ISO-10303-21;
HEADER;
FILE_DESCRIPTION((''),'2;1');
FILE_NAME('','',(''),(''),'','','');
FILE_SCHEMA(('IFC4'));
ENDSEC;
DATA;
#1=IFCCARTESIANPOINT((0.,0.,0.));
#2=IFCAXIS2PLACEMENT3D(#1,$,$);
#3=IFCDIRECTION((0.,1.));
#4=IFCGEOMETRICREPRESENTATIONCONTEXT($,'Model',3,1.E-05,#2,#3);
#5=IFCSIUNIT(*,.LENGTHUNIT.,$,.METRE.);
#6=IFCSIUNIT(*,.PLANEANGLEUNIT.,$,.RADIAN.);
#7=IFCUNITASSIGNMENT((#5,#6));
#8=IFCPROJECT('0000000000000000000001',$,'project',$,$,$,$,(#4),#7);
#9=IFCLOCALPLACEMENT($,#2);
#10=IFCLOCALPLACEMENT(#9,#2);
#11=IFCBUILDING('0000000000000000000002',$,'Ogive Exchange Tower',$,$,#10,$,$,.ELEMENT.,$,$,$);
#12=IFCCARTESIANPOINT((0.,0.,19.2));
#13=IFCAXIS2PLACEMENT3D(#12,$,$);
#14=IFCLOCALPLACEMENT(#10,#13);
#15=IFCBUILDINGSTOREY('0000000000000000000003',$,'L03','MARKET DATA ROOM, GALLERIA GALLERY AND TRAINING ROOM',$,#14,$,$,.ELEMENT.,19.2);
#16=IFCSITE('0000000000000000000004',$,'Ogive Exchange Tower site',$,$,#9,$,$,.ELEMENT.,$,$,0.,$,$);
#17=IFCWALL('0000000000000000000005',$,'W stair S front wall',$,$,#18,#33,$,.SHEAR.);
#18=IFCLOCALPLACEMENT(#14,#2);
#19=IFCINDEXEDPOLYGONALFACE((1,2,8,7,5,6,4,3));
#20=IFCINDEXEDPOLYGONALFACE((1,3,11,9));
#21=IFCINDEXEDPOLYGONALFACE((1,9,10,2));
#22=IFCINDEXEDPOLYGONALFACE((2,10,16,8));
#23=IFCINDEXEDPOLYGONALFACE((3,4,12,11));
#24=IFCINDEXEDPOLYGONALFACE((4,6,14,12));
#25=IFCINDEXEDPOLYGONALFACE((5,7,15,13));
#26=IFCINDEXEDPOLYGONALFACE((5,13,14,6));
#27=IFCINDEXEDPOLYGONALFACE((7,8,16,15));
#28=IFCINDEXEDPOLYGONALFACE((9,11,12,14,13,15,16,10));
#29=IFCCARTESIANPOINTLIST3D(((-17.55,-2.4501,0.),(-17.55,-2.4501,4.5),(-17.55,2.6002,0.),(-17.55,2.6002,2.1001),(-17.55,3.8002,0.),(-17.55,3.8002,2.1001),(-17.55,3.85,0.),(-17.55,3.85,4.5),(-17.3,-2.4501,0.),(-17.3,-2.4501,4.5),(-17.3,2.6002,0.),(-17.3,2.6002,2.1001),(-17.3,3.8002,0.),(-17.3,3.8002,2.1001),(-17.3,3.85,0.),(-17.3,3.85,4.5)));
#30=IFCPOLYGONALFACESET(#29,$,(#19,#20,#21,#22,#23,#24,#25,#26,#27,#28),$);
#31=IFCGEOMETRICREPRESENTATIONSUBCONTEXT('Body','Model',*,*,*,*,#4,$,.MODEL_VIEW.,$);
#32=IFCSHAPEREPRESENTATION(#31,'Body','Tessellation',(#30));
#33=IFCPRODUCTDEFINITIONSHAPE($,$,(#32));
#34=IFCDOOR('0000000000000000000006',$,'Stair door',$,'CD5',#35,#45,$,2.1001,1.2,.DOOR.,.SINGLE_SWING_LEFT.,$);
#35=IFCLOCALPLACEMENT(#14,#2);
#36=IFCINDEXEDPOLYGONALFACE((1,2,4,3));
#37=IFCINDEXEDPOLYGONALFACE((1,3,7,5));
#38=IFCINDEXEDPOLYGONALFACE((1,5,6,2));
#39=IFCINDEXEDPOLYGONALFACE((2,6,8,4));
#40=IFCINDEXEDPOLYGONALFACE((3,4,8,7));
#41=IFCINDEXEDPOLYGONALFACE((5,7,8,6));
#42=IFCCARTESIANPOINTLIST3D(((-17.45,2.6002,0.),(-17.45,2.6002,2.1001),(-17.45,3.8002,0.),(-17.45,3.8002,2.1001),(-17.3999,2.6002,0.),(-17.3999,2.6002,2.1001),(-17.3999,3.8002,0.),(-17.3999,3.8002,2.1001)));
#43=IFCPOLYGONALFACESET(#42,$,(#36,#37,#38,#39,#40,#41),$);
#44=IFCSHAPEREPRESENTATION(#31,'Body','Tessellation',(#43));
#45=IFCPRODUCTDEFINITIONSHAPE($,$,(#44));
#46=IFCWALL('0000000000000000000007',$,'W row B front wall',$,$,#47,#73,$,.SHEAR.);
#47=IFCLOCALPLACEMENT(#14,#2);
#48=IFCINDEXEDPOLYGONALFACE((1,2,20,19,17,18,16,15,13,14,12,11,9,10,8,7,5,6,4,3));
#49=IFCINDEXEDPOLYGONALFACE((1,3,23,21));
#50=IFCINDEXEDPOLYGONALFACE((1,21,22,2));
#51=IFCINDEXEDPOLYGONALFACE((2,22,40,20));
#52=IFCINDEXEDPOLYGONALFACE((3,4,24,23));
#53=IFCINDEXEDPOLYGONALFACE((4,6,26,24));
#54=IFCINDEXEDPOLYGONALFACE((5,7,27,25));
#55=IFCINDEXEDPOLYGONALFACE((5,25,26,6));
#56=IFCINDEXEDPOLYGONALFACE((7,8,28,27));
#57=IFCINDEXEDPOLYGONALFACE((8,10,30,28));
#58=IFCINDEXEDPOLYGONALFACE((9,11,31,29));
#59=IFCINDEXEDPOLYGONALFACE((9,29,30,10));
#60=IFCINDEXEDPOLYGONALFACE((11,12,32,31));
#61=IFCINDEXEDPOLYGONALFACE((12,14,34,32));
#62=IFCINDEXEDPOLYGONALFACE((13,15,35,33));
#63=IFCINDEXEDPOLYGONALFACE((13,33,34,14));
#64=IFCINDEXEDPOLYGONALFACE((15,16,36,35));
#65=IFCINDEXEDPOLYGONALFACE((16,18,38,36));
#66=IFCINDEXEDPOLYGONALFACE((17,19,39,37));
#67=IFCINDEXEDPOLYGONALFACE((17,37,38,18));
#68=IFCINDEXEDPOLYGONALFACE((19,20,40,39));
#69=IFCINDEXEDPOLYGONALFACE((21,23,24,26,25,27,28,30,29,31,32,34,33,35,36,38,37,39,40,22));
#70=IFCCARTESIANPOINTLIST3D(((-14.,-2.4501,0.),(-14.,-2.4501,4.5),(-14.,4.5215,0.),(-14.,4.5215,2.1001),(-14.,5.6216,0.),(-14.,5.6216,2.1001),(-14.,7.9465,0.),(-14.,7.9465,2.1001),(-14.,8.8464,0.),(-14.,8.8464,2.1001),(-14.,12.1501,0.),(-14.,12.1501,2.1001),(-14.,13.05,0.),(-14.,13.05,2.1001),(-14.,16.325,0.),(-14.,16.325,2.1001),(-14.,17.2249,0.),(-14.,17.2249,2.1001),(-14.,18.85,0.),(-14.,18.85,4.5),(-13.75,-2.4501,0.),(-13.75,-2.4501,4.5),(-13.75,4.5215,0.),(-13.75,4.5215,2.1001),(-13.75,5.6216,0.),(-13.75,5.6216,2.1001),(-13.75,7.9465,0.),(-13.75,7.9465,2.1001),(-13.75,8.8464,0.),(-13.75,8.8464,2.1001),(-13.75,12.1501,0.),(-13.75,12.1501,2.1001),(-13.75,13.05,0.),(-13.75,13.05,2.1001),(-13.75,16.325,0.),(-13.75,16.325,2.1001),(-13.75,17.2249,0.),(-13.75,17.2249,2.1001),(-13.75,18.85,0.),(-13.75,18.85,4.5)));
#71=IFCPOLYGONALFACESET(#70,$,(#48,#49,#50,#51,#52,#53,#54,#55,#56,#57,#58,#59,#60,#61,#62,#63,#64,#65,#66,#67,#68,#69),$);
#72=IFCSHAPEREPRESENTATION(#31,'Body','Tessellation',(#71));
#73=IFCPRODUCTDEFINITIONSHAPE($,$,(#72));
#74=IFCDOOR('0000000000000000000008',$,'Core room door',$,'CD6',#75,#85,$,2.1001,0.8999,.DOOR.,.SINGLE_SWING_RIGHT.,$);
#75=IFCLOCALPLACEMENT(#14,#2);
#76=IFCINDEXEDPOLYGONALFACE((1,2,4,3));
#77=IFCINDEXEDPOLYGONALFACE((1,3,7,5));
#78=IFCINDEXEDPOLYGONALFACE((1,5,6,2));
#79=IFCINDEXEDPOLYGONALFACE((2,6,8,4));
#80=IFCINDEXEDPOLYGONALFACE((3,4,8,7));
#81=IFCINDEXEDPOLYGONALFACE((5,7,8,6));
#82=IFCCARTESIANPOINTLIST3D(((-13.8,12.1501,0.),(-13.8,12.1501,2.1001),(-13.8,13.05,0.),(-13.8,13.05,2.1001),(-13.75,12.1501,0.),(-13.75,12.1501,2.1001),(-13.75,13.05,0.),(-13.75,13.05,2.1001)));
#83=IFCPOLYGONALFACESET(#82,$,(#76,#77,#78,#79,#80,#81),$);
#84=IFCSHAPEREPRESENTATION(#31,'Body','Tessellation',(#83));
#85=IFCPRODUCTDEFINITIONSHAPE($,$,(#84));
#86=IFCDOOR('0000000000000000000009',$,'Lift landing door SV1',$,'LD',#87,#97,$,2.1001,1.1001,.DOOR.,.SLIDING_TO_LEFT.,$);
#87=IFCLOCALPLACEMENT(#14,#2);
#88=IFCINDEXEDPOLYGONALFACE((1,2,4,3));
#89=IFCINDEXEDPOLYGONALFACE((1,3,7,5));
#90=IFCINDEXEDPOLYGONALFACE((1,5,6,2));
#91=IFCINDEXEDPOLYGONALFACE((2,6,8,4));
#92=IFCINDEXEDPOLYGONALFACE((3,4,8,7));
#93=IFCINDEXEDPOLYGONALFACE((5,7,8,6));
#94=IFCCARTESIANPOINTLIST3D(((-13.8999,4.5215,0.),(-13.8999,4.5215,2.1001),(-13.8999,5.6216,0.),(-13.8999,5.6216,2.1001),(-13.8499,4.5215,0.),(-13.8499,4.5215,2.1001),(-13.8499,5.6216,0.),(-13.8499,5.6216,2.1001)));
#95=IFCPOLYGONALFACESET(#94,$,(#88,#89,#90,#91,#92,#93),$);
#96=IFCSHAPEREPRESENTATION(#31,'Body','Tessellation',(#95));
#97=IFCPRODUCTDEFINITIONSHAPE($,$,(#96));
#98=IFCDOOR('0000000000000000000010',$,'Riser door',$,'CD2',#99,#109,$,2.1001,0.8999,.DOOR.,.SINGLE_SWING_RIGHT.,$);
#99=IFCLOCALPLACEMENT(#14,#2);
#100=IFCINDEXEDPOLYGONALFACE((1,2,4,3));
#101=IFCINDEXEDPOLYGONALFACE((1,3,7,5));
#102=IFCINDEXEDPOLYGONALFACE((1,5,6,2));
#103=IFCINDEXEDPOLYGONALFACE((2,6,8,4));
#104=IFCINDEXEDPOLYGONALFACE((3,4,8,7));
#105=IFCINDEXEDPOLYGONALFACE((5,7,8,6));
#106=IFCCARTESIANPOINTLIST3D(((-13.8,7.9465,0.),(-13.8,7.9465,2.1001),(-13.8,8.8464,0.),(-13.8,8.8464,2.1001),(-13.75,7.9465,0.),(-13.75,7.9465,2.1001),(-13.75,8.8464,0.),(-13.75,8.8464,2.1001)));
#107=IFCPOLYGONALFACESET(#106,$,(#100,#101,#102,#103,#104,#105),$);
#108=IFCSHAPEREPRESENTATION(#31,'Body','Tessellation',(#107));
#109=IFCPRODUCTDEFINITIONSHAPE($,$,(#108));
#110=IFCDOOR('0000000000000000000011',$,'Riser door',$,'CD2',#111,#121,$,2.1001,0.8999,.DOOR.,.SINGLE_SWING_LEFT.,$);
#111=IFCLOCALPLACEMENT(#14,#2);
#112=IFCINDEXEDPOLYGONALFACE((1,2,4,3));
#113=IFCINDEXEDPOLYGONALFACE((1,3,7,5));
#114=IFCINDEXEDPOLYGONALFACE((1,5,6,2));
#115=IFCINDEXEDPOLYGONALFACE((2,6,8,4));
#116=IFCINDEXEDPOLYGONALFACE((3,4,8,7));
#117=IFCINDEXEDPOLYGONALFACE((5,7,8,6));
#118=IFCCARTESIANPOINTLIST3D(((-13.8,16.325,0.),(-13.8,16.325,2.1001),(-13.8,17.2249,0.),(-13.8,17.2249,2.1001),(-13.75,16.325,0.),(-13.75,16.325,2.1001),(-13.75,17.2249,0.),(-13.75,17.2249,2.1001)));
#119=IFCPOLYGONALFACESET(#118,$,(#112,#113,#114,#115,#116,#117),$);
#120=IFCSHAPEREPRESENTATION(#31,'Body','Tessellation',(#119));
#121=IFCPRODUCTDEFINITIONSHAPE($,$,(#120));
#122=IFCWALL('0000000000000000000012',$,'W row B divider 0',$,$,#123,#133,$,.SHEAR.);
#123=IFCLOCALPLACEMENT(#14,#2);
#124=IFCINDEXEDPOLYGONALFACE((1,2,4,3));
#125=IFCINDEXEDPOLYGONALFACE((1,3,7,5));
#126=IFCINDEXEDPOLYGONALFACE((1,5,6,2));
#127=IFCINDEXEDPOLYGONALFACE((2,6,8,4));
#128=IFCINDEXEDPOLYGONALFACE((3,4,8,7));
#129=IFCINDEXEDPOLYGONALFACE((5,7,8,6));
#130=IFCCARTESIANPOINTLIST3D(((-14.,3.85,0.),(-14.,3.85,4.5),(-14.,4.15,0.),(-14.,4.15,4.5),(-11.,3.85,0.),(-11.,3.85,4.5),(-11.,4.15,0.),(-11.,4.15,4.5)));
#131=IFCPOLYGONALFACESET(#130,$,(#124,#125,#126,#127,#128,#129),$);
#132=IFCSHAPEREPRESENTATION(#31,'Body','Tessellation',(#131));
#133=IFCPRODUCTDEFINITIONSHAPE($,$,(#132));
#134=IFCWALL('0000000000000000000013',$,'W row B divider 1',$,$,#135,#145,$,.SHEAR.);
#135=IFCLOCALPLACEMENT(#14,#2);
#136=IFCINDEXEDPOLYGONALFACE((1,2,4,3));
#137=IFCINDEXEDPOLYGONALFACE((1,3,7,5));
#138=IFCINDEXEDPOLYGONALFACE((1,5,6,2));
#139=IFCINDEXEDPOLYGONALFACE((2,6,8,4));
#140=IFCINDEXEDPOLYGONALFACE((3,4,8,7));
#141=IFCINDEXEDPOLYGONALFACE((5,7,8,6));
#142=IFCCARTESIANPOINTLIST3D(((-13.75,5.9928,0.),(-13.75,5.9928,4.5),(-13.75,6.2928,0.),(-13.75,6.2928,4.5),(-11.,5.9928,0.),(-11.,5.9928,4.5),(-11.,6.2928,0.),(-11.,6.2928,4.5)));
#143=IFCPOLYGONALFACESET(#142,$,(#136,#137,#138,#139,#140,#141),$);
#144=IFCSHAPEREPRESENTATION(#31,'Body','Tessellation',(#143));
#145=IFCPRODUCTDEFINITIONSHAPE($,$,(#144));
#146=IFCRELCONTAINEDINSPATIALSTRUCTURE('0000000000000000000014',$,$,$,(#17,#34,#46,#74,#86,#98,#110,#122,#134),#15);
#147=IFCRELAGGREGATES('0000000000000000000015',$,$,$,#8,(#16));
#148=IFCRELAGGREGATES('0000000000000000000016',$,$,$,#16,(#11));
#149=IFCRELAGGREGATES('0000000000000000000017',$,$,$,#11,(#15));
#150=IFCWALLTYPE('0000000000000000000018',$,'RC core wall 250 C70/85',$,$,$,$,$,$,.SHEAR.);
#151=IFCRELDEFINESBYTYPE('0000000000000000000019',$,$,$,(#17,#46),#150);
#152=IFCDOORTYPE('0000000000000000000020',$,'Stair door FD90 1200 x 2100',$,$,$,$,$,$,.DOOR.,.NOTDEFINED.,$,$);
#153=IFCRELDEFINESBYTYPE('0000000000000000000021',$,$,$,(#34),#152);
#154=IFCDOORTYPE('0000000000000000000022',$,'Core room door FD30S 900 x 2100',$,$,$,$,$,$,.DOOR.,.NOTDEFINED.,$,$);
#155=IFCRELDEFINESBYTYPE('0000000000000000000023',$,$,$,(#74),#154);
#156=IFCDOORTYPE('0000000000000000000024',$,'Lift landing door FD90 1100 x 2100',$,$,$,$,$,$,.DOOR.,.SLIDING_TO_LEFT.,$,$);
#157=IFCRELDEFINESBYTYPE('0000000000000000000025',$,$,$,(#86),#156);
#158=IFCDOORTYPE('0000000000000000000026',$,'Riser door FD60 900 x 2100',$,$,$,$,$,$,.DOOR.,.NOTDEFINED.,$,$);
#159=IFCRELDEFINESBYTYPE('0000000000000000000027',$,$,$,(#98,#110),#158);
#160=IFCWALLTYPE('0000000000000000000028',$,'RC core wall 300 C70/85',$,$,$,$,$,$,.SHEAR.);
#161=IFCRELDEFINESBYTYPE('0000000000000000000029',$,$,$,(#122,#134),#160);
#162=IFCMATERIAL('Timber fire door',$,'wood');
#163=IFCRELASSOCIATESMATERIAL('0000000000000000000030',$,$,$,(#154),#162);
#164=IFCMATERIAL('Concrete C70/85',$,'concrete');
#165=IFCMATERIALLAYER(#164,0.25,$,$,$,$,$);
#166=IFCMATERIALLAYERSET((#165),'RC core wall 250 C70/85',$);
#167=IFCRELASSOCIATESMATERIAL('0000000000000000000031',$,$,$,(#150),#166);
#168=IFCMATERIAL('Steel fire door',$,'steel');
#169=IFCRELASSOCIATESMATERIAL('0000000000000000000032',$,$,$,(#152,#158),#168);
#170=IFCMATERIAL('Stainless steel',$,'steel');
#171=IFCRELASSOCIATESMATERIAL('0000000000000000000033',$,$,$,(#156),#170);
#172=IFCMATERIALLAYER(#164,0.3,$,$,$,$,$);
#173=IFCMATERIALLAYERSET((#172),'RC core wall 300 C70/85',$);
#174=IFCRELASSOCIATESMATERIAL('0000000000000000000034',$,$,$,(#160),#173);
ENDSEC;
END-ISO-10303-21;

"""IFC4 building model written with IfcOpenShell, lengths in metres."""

from ifc_helpers import new_model, si_unit, direction, frame, frame_2d, origin, place, context, subcontext, project, spatial, rectangle, extrude, material, layer, layer_set, type_object, element, fill, save


model = new_model("IFC4")

# Units and contexts
model_context = context("Model", 3, precision=1e-05, world=origin(), true_north=direction((0.0, 1.0)))
body_context = subcontext(model_context, "Body", "Model", "MODEL_VIEW")
ifc_project = project(units=[si_unit("LENGTHUNIT", "METRE"), si_unit("PLANEANGLEUNIT", "RADIAN")], contexts=[model_context])

# Site, building, storey
site_placement = place(None, origin())
site = spatial("IfcSite", under=ifc_project, at=site_placement, Name="Ogive Exchange Tower site", CompositionType="ELEMENT", RefElevation=0.0)
building_placement = place(site_placement, origin())
building = spatial("IfcBuilding", under=site, at=building_placement, Name="Ogive Exchange Tower", CompositionType="ELEMENT")
storey_placement = place(building_placement, frame((0.0, 0.0, 19.2)))
storey = spatial("IfcBuildingStorey", under=building, at=storey_placement, Name="L03", Description="MARKET DATA ROOM, GALLERIA GALLERY AND TRAINING ROOM", CompositionType="ELEMENT", Elevation=19.2)

# Shared definitions
ifc_material_1 = material(Name="Concrete C70/85", Category="concrete")
ifc_material_2 = material(Name="Timber fire door", Category="wood")
door_type_1 = type_object("IfcDoorType", Name="Core room door FD30S 900 x 2100", OperationType="NOTDEFINED", PredefinedType="DOOR", material=ifc_material_2)

# Wall, opening, door
ifc_layer_1 = layer(ifc_material_1, 0.25)
ifc_layer_set_1 = layer_set([ifc_layer_1], Name="RC core wall 250 C70/85")
wall_type_1 = type_object("IfcWallType", Name="RC core wall 250 C70/85", PredefinedType="SHEAR", material=ifc_layer_set_1)
wall_1_placement = place(storey_placement, frame((-17.425, -2.45, 0.0), z_axis=(0.0, 0.0, 1.0), x_axis=(0.0, 1.0, 0.0)))
wall_1 = element("IfcWall", 1, at=wall_1_placement, inside=storey, type_object=wall_type_1, Name="W stair S front wall", PredefinedType="SHEAR", context=body_context, shape_type="SweptSolid", body=[
    extrude(rectangle(XDim=6.3, YDim=0.25, at=frame_2d((3.1499, 0.0))), origin(), (0.0, 0.0, 1.0), 4.5),
])
opening_1_placement = place(wall_1_placement, frame((5.05, 0.0, 0.0)))
opening_1 = element("IfcOpeningElement", 2, at=opening_1_placement, cuts=wall_1, PredefinedType="OPENING", context=body_context, shape_type="SweptSolid", body=[
    extrude(rectangle(XDim=1.2, YDim=2.1001, at=frame_2d((0.6001, 1.05))), frame((0.0, 0.135, 0.0), z_axis=(0.0, -1.0, 0.0), x_axis=(1.0, 0.0, 0.0)), (0.0, 0.0, 1.0), 0.27),
])
ifc_material_3 = material(Name="Steel fire door", Category="steel")
door_type_2 = type_object("IfcDoorType", Name="Stair door FD90 1200 x 2100", OperationType="NOTDEFINED", PredefinedType="DOOR", material=ifc_material_3)
door_1_placement = place(opening_1_placement, origin())
door_1 = element("IfcDoor", 3, at=door_1_placement, inside=storey, type_object=door_type_2, Name="Stair door", ObjectType="CD5", OperationType="SINGLE_SWING_LEFT", OverallHeight=2.1001, OverallWidth=1.2, PredefinedType="DOOR", context=body_context, shape_type="SweptSolid", body=[
    extrude(rectangle(XDim=1.2, YDim=2.1001, at=frame_2d((0.6001, 1.05))), frame((0.0, 0.0249, 0.0), z_axis=(0.0, -1.0, 0.0), x_axis=(1.0, 0.0, 0.0)), (0.0, 0.0, 1.0), 0.05),
])
fill(opening_1, door_1)

# Wall, openings, doors
wall_2_placement = place(storey_placement, frame((-13.875, -2.45, 0.0), z_axis=(0.0, 0.0, 1.0), x_axis=(0.0, 1.0, 0.0)))
wall_2 = element("IfcWall", 4, at=wall_2_placement, inside=storey, type_object=wall_type_1, Name="W row B front wall", PredefinedType="SHEAR", context=body_context, shape_type="SweptSolid", body=[
    extrude(rectangle(XDim=21.3, YDim=0.25, at=frame_2d((10.6499, 0.0))), origin(), (0.0, 0.0, 1.0), 4.5),
])
opening_2_placement = place(wall_2_placement, frame((10.3965, 0.0, 0.0)))
opening_2 = element("IfcOpeningElement", 5, at=opening_2_placement, cuts=wall_2, PredefinedType="OPENING", context=body_context, shape_type="SweptSolid", body=[
    extrude(rectangle(XDim=0.8999, YDim=2.1001, at=frame_2d((0.45, 1.05))), frame((0.0, 0.135, 0.0), z_axis=(0.0, -1.0, 0.0), x_axis=(1.0, 0.0, 0.0)), (0.0, 0.0, 1.0), 0.27),
])
opening_3_placement = place(wall_2_placement, frame((14.6001, 0.0, 0.0)))
opening_3 = element("IfcOpeningElement", 6, at=opening_3_placement, cuts=wall_2, PredefinedType="OPENING", context=body_context, shape_type="SweptSolid", body=[
    extrude(rectangle(XDim=0.8999, YDim=2.1001, at=frame_2d((0.45, 1.05))), frame((0.0, 0.135, 0.0), z_axis=(0.0, -1.0, 0.0), x_axis=(1.0, 0.0, 0.0)), (0.0, 0.0, 1.0), 0.27),
])
opening_4_placement = place(wall_2_placement, frame((18.7749, 0.0, 0.0)))
opening_4 = element("IfcOpeningElement", 7, at=opening_4_placement, cuts=wall_2, PredefinedType="OPENING", context=body_context, shape_type="SweptSolid", body=[
    extrude(rectangle(XDim=0.8999, YDim=2.1001, at=frame_2d((0.45, 1.05))), frame((0.0, 0.135, 0.0), z_axis=(0.0, -1.0, 0.0), x_axis=(1.0, 0.0, 0.0)), (0.0, 0.0, 1.0), 0.27),
])
opening_5_placement = place(wall_2_placement, frame((6.9714, 0.0, 0.0)))
opening_5 = element("IfcOpeningElement", 8, at=opening_5_placement, cuts=wall_2, PredefinedType="OPENING", context=body_context, shape_type="SweptSolid", body=[
    extrude(rectangle(XDim=1.1001, YDim=2.1001, at=frame_2d((0.55, 1.05))), frame((0.0, 0.135, 0.0), z_axis=(0.0, -1.0, 0.0), x_axis=(1.0, 0.0, 0.0)), (0.0, 0.0, 1.0), 0.27),
])
door_2_placement = place(opening_3_placement, frame((0.8999, -0.2002, 0.0), z_axis=(0.0, 0.0, 1.0), x_axis=(-1.0, 0.0, 0.0)))
door_2 = element("IfcDoor", 9, at=door_2_placement, inside=storey, type_object=door_type_1, Name="Core room door", ObjectType="CD6", OperationType="SINGLE_SWING_RIGHT", OverallHeight=2.1001, OverallWidth=0.8999, PredefinedType="DOOR", context=body_context, shape_type="SweptSolid", body=[
    extrude(rectangle(XDim=0.8999, YDim=2.1001, at=frame_2d((0.45, 1.05))), frame((0.0, -0.0752, 0.0), z_axis=(0.0, -1.0, 0.0), x_axis=(1.0, 0.0, 0.0)), (0.0, 0.0, 1.0), 0.05),
])
fill(opening_3, door_2)
ifc_material_4 = material(Name="Stainless steel", Category="steel")
door_type_3 = type_object("IfcDoorType", Name="Lift landing door FD90 1100 x 2100", OperationType="SLIDING_TO_LEFT", PredefinedType="DOOR", material=ifc_material_4)
door_3_placement = place(opening_5_placement, origin())
door_3 = element("IfcDoor", 10, at=door_3_placement, inside=storey, type_object=door_type_3, Name="Lift landing door SV1", ObjectType="LD", OperationType="SLIDING_TO_LEFT", OverallHeight=2.1001, OverallWidth=1.1001, PredefinedType="DOOR", context=body_context, shape_type="SweptSolid", body=[
    extrude(rectangle(XDim=1.1001, YDim=2.1001, at=frame_2d((0.55, 1.05))), frame((0.0, 0.0249, 0.0), z_axis=(0.0, -1.0, 0.0), x_axis=(1.0, 0.0, 0.0)), (0.0, 0.0, 1.0), 0.05),
])
fill(opening_5, door_3)
door_type_4 = type_object("IfcDoorType", Name="Riser door FD60 900 x 2100", OperationType="NOTDEFINED", PredefinedType="DOOR", material=ifc_material_3)
door_4_placement = place(opening_2_placement, frame((0.8999, -0.2002, 0.0), z_axis=(0.0, 0.0, 1.0), x_axis=(-1.0, 0.0, 0.0)))
door_4 = element("IfcDoor", 11, at=door_4_placement, inside=storey, type_object=door_type_4, Name="Riser door", ObjectType="CD2", OperationType="SINGLE_SWING_RIGHT", OverallHeight=2.1001, OverallWidth=0.8999, PredefinedType="DOOR", context=body_context, shape_type="SweptSolid", body=[
    extrude(rectangle(XDim=0.8999, YDim=2.1001, at=frame_2d((0.45, 1.05))), frame((0.0, -0.0752, 0.0), z_axis=(0.0, -1.0, 0.0), x_axis=(1.0, 0.0, 0.0)), (0.0, 0.0, 1.0), 0.05),
])
fill(opening_2, door_4)
door_5_placement = place(opening_4_placement, frame((0.8999, -0.2002, 0.0), z_axis=(0.0, 0.0, 1.0), x_axis=(-1.0, 0.0, 0.0)))
door_5 = element("IfcDoor", 12, at=door_5_placement, inside=storey, type_object=door_type_4, Name="Riser door", ObjectType="CD2", OperationType="SINGLE_SWING_LEFT", OverallHeight=2.1001, OverallWidth=0.8999, PredefinedType="DOOR", context=body_context, shape_type="SweptSolid", body=[
    extrude(rectangle(XDim=0.8999, YDim=2.1001, at=frame_2d((0.45, 1.05))), frame((0.0, -0.0752, 0.0), z_axis=(0.0, -1.0, 0.0), x_axis=(1.0, 0.0, 0.0)), (0.0, 0.0, 1.0), 0.05),
])
fill(opening_4, door_5)

# Walls
ifc_layer_2 = layer(ifc_material_1, 0.3)
ifc_layer_set_2 = layer_set([ifc_layer_2], Name="RC core wall 300 C70/85")
wall_type_2 = type_object("IfcWallType", Name="RC core wall 300 C70/85", PredefinedType="SHEAR", material=ifc_layer_set_2)
wall_3_placement = place(storey_placement, frame((-14.0, 4.0, 0.0), z_axis=(0.0, 0.0, 1.0), x_axis=(1.0, 0.0, 0.0)))
element("IfcWall", 13, at=wall_3_placement, inside=storey, type_object=wall_type_2, Name="W row B divider 0", PredefinedType="SHEAR", context=body_context, shape_type="SweptSolid", body=[
    extrude(rectangle(XDim=3.0, YDim=0.3, at=frame_2d((1.5, 0.0))), origin(), (0.0, 0.0, 1.0), 4.5),
])
wall_4_placement = place(storey_placement, frame((-13.75, 6.1428, 0.0), z_axis=(0.0, 0.0, 1.0), x_axis=(1.0, 0.0, 0.0)))
element("IfcWall", 14, at=wall_4_placement, inside=storey, type_object=wall_type_2, Name="W row B divider 1", PredefinedType="SHEAR", context=body_context, shape_type="SweptSolid", body=[
    extrude(rectangle(XDim=2.75, YDim=0.3, at=frame_2d((1.375, 0.0))), origin(), (0.0, 0.0, 1.0), 4.5),
])

save(model, "model.ifc")
